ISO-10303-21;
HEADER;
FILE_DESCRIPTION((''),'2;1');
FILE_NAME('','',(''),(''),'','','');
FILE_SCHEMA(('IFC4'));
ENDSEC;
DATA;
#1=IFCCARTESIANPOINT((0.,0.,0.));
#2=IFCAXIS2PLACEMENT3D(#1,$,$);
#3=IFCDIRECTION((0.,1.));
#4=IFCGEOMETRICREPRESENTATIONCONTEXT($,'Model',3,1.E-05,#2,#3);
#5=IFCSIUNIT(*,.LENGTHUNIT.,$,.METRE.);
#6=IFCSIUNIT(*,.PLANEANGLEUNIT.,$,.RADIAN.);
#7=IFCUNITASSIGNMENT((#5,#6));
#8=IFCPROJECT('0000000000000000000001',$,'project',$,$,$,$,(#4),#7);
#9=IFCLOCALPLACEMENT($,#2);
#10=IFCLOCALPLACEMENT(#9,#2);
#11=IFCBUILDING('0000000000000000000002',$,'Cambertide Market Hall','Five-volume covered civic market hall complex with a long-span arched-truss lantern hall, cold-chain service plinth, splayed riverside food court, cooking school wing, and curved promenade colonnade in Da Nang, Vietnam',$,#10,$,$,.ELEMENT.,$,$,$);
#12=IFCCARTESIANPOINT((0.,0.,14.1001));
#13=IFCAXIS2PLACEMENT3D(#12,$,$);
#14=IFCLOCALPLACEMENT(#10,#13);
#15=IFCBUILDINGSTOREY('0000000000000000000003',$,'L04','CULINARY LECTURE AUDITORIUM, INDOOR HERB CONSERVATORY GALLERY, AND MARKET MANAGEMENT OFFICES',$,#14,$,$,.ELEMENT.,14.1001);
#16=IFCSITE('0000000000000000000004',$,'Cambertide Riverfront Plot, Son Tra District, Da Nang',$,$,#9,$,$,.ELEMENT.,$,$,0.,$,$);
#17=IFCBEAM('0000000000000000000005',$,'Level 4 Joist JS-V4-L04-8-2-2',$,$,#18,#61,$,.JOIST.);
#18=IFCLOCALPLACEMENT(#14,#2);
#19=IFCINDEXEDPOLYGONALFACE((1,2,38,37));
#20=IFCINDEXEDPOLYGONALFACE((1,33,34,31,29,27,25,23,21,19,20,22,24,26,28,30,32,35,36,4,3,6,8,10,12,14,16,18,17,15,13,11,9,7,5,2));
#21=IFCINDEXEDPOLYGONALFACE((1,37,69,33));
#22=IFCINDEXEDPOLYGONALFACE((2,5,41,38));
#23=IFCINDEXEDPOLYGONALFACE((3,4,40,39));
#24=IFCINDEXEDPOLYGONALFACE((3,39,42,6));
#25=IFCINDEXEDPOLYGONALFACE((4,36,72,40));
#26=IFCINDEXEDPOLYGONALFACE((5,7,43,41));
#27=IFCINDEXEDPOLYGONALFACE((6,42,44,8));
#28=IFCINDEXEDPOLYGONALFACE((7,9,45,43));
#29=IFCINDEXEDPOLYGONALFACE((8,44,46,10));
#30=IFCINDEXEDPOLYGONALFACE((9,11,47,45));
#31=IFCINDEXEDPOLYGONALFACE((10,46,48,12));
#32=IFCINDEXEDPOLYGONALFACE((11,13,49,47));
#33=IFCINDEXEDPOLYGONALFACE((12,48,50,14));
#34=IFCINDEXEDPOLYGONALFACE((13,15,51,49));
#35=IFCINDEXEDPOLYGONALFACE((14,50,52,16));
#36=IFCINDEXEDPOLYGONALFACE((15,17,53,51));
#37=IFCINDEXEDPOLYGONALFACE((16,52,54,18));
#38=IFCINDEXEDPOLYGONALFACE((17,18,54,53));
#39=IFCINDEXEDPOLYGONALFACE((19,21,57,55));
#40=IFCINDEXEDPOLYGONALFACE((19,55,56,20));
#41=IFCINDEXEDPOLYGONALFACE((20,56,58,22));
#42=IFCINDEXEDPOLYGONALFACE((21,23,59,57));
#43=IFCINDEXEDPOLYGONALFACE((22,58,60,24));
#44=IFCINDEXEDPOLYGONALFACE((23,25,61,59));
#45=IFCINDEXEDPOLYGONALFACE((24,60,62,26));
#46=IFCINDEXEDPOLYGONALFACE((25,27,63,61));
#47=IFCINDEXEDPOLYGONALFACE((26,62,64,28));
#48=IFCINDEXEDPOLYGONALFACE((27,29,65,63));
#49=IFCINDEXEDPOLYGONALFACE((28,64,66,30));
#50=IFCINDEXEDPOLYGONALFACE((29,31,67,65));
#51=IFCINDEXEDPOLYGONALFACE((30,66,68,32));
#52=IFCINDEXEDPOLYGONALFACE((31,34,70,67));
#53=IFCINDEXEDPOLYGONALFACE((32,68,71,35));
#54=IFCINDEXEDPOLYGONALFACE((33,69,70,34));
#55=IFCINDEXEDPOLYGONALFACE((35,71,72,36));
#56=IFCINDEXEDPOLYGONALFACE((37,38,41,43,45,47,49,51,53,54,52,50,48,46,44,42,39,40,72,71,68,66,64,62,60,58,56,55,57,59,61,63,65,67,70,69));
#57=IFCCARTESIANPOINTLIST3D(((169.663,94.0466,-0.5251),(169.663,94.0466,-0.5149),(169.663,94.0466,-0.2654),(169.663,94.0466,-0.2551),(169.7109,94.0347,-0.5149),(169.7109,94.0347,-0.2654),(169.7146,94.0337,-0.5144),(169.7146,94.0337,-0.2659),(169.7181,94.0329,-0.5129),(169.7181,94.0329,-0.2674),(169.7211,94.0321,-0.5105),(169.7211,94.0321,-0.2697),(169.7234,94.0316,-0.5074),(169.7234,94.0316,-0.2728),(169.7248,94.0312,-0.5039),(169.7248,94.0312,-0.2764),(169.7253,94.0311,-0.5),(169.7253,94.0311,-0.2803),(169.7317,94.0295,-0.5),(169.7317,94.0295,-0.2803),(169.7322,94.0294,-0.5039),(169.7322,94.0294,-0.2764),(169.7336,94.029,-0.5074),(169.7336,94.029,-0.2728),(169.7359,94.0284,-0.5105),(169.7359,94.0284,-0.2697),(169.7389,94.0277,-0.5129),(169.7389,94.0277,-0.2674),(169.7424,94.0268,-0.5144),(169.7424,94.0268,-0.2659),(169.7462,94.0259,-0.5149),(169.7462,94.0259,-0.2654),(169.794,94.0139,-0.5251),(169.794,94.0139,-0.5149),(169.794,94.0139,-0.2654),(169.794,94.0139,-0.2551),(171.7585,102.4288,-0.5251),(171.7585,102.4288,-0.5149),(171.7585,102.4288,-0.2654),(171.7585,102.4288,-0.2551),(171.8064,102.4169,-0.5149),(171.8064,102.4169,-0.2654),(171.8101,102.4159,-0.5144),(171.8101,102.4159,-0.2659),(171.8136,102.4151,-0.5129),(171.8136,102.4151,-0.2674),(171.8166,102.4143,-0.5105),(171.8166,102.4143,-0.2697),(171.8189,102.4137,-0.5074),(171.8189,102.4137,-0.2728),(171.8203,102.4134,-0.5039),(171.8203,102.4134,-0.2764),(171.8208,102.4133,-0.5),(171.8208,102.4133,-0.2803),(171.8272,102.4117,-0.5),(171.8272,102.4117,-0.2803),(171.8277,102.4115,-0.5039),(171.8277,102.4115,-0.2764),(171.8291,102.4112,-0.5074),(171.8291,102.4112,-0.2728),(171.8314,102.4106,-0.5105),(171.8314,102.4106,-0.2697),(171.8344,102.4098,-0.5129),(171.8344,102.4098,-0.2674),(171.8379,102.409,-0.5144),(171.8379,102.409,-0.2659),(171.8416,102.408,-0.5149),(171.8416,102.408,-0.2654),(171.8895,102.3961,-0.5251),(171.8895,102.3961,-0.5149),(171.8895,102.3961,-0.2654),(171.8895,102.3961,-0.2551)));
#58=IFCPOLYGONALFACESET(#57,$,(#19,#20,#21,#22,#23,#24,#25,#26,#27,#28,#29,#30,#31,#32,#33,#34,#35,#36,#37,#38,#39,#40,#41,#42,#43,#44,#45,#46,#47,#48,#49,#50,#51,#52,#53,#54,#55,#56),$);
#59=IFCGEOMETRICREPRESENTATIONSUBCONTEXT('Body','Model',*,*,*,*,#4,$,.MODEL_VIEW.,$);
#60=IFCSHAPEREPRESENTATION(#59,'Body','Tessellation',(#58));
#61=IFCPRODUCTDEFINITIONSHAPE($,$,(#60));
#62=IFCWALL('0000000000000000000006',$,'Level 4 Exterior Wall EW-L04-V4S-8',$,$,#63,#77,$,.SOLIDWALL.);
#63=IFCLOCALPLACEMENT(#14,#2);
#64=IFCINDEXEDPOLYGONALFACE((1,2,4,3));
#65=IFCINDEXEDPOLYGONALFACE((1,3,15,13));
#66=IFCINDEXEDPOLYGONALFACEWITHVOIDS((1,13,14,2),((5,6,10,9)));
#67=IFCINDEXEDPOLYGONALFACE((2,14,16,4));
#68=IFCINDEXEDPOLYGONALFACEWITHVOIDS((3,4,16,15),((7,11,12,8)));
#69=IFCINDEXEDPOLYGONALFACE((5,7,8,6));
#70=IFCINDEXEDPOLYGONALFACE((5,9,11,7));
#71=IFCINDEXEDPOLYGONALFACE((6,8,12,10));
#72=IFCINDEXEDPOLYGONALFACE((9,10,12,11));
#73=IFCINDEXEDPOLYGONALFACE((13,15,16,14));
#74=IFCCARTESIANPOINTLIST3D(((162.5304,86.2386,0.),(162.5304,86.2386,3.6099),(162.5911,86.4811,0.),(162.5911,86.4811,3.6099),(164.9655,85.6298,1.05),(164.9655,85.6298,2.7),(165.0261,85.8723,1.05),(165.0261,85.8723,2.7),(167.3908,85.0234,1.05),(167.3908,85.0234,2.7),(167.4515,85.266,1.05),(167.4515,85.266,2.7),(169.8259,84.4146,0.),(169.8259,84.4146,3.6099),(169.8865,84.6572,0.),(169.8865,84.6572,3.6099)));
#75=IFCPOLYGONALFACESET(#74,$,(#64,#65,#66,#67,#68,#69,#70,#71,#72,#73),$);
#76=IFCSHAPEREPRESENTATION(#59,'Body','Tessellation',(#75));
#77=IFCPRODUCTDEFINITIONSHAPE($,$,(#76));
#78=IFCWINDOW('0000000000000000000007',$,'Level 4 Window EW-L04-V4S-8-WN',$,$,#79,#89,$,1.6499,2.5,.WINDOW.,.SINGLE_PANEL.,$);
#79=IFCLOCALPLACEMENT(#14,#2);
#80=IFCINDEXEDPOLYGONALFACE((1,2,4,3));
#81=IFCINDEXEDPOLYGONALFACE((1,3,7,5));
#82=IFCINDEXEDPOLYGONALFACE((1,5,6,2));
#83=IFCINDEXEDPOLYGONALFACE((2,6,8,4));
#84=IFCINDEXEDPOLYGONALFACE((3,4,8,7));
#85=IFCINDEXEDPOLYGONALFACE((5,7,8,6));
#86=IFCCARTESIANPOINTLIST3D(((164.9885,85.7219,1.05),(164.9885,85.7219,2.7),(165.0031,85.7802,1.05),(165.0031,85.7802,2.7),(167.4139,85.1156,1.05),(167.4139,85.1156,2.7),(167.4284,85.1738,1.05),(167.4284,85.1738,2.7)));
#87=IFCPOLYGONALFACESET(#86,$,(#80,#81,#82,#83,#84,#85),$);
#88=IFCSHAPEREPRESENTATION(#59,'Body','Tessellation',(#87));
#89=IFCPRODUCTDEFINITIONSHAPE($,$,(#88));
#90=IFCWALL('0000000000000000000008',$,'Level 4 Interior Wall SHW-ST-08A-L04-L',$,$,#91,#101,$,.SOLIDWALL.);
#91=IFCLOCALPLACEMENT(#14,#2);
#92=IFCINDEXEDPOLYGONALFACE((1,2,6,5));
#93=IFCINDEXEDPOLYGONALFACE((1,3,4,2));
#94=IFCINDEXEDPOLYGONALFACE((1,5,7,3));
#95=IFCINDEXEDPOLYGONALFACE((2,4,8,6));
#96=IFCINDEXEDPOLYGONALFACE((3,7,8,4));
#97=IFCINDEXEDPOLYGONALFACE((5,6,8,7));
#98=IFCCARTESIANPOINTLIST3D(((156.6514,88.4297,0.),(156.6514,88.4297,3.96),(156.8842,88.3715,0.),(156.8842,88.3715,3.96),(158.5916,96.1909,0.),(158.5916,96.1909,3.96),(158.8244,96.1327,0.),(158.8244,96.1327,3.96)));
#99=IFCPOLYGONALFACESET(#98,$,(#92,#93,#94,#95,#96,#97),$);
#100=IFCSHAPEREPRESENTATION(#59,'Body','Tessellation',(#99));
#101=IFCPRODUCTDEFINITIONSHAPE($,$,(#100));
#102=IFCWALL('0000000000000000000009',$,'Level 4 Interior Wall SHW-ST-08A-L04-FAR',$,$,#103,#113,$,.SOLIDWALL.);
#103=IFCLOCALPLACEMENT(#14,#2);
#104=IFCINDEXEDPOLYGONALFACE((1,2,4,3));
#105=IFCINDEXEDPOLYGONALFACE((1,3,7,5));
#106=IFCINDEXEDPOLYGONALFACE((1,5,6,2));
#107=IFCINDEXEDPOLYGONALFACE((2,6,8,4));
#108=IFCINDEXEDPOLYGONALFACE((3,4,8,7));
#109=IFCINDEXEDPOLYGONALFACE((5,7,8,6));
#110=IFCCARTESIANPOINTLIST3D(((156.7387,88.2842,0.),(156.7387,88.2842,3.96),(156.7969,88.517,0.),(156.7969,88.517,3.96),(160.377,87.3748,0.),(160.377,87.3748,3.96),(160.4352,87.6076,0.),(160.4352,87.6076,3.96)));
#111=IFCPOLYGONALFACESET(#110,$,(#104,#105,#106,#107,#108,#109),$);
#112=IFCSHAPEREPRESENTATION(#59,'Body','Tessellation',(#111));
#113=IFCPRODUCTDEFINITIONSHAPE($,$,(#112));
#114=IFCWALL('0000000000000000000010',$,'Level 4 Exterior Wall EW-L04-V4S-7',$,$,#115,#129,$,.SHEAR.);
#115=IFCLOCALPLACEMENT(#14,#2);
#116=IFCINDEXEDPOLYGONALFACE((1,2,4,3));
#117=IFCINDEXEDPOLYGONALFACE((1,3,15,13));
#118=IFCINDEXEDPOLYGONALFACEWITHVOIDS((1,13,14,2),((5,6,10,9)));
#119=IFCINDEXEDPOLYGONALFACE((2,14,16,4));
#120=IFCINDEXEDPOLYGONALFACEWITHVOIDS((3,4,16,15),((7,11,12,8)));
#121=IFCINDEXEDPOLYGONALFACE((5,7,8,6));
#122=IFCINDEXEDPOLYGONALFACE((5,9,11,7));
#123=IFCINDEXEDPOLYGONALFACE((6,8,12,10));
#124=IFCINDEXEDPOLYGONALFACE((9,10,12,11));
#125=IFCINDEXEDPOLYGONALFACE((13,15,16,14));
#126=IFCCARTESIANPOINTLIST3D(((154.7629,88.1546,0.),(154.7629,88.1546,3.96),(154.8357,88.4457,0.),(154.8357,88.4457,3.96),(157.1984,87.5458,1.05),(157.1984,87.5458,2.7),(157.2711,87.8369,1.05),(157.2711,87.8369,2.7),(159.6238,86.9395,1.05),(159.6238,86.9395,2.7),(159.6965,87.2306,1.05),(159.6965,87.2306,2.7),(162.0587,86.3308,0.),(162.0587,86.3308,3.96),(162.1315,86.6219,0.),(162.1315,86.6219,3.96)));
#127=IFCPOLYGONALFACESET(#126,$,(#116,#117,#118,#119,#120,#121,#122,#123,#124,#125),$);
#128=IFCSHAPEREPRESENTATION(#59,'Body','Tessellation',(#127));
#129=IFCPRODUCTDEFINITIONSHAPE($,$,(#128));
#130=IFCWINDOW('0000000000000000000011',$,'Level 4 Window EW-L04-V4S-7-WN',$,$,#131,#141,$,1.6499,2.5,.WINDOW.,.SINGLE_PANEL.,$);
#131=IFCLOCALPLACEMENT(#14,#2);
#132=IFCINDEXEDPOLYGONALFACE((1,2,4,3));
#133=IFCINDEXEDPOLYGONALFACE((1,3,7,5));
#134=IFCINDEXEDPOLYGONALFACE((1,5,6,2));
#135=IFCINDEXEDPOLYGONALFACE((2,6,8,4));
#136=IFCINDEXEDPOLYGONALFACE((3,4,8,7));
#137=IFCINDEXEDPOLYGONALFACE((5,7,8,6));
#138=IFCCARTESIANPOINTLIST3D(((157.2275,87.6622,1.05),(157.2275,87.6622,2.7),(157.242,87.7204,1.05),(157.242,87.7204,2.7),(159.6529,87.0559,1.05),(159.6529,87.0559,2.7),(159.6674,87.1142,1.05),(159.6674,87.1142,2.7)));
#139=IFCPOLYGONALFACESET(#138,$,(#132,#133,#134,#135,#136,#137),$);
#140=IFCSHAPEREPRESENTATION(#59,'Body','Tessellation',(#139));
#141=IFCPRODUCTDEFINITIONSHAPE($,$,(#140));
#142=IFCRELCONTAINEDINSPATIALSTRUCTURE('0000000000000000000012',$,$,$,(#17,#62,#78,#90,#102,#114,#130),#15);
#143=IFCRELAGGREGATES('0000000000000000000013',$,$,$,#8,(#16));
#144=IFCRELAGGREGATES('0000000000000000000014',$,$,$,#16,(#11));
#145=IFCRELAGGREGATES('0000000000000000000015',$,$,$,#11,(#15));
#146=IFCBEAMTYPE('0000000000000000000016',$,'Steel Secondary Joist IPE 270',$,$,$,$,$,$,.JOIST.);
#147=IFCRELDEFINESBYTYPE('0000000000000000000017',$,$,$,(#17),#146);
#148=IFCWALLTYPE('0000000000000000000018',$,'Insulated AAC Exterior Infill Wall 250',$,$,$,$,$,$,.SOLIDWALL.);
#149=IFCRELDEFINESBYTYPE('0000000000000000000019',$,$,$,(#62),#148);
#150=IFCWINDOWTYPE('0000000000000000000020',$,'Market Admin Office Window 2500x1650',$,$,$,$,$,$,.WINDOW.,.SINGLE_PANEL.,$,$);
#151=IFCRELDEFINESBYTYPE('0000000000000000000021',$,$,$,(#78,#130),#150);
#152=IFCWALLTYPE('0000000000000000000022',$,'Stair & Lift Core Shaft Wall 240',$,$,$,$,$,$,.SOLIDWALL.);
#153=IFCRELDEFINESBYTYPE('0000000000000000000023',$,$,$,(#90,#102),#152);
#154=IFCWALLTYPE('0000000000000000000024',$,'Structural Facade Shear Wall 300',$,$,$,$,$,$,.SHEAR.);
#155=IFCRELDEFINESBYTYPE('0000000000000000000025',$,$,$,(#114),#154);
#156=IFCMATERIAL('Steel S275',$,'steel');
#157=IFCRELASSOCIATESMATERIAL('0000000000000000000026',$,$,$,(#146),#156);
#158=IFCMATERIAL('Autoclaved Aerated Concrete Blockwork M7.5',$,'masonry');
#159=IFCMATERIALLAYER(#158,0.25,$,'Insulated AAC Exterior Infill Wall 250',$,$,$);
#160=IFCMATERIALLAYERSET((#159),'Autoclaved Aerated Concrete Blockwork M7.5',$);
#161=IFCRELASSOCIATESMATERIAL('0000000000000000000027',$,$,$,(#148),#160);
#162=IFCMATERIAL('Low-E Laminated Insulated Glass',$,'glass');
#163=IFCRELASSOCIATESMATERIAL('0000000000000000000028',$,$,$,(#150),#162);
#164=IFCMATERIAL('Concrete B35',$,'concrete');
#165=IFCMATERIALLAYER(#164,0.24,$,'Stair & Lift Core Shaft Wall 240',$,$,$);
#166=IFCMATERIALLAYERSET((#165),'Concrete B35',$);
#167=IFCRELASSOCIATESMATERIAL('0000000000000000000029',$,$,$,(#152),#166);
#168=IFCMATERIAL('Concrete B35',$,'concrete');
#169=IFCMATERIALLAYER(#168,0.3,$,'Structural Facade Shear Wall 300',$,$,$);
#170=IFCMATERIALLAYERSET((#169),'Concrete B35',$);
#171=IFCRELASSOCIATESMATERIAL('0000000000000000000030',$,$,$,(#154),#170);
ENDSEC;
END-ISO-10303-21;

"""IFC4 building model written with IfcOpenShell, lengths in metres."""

from ifc_helpers import new_model, si_unit, direction, frame, frame_2d, origin, origin_2d, place, context, subcontext, project, spatial, rectangle, i_section, extrude, material, layer, layer_set, material_profile, profile_set, type_object, element, fill, save


model = new_model("IFC4")

# Units and contexts
model_context = context("Model", 3, precision=1e-05, world=origin(), true_north=direction((0.0, 1.0)))
body_context = subcontext(model_context, "Body", "Model", "MODEL_VIEW")
ifc_project = project(units=[si_unit("LENGTHUNIT", "METRE"), si_unit("PLANEANGLEUNIT", "RADIAN")], contexts=[model_context])

# Site, building, storey
site_placement = place(None, origin())
site = spatial("IfcSite", under=ifc_project, at=site_placement, Name="Cambertide Riverfront Plot, Son Tra District, Da Nang", CompositionType="ELEMENT", RefElevation=0.0)
building_placement = place(site_placement, origin())
building = spatial("IfcBuilding", under=site, at=building_placement, Name="Cambertide Market Hall", Description="Five-volume covered civic market hall complex with a long-span arched-truss lantern hall, cold-chain service plinth, splayed riverside food court, cooking school wing, and curved promenade colonnade in Da Nang, Vietnam", CompositionType="ELEMENT")
storey_placement = place(building_placement, frame((0.0, 0.0, 14.1001)))
storey = spatial("IfcBuildingStorey", under=building, at=storey_placement, Name="L04", Description="CULINARY LECTURE AUDITORIUM, INDOOR HERB CONSERVATORY GALLERY, AND MARKET MANAGEMENT OFFICES", CompositionType="ELEMENT", Elevation=14.1001)

# Beam
ifc_material_1 = material(Name="Steel S275", Category="steel")
ifc_material_profile_1 = material_profile(ifc_material_1, i_section(OverallWidth=0.135, OverallDepth=0.27, WebThickness=0.0066, FlangeThickness=0.0103, FilletRadius=0.0149, at=origin_2d()), Name="IPE 270")
ifc_profile_set_1 = profile_set([ifc_material_profile_1], Name="Steel S275")
beam_type_1 = type_object("IfcBeamType", Name="Steel Secondary Joist IPE 270", PredefinedType="JOIST", material=ifc_profile_set_1)
beam_1_placement = place(storey_placement, frame((169.7285, 94.0303, -0.3901), z_axis=(0.242529, 0.970144, 0.0), x_axis=(-0.970144, 0.242529, 0.0)))
element("IfcBeam", 1, at=beam_1_placement, inside=storey, type_object=beam_type_1, Name="Level 4 Joist JS-V4-L04-8-2-2", PredefinedType="JOIST", context=body_context, shape_type="SweptSolid", body=[
    extrude(i_section(OverallWidth=0.135, OverallDepth=0.27, WebThickness=0.0066, FlangeThickness=0.0103, FilletRadius=0.0149, at=origin_2d()), origin(), (0.0, 0.0, 1.0), 8.6401),
])

# Wall, opening, window
ifc_material_2 = material(Name="Autoclaved Aerated Concrete Blockwork M7.5", Category="masonry")
ifc_layer_1 = layer(ifc_material_2, 0.25, Name="Insulated AAC Exterior Infill Wall 250")
ifc_layer_set_1 = layer_set([ifc_layer_1], Name="Autoclaved Aerated Concrete Blockwork M7.5")
wall_type_1 = type_object("IfcWallType", Name="Insulated AAC Exterior Infill Wall 250", PredefinedType="SOLIDWALL", material=ifc_layer_set_1)
wall_1_placement = place(storey_placement, frame((169.8562, 84.5359, 0.0), z_axis=(0.0, 0.0, 1.0), x_axis=(-0.970139, 0.242551, 0.0)))
wall_1 = element("IfcWall", 2, at=wall_1_placement, inside=storey, type_object=wall_type_1, Name="Level 4 Exterior Wall EW-L04-V4S-8", PredefinedType="SOLIDWALL", context=body_context, shape_type="SweptSolid", body=[
    extrude(rectangle(XDim=7.52, YDim=0.25, at=frame_2d((3.76, 0.0))), origin(), (0.0, 0.0, 1.0), 3.6099),
])
opening_1_placement = place(wall_1_placement, frame((2.51, 0.0, 1.05)))
opening_1 = element("IfcOpeningElement", 3, at=opening_1_placement, cuts=wall_1, PredefinedType="OPENING", context=body_context, shape_type="SweptSolid", body=[
    extrude(rectangle(XDim=2.5, YDim=1.6499, at=frame_2d((1.25, 0.825))), frame((0.0, 0.135, 0.0), z_axis=(0.0, -1.0, 0.0), x_axis=(1.0, 0.0, 0.0)), (0.0, 0.0, 1.0), 0.27),
])
ifc_material_3 = material(Name="Low-E Laminated Insulated Glass", Category="glass")
window_type = type_object("IfcWindowType", Name="Market Admin Office Window 2500x1650", PartitioningType="SINGLE_PANEL", PredefinedType="WINDOW", material=ifc_material_3)
window_1_placement = place(opening_1_placement, origin())
window_1 = element("IfcWindow", 4, at=window_1_placement, inside=storey, type_object=window_type, Name="Level 4 Window EW-L04-V4S-8-WN", OverallHeight=1.6499, OverallWidth=2.5, PartitioningType="SINGLE_PANEL", PredefinedType="WINDOW", context=body_context, shape_type="SweptSolid", body=[
    extrude(rectangle(XDim=2.5, YDim=1.6499, at=frame_2d((1.25, 0.825))), frame((0.0, 0.03, 0.0), z_axis=(0.0, -1.0, 0.0), x_axis=(1.0, 0.0, 0.0)), (0.0, 0.0, 1.0), 0.0601),
])
fill(opening_1, window_1)

# Walls
ifc_material_4 = material(Name="Concrete B35", Category="concrete")
ifc_layer_2 = layer(ifc_material_4, 0.24, Name="Stair & Lift Core Shaft Wall 240")
ifc_layer_set_2 = layer_set([ifc_layer_2], Name="Concrete B35")
wall_type_2 = type_object("IfcWallType", Name="Stair & Lift Core Shaft Wall 240", PredefinedType="SOLIDWALL", material=ifc_layer_set_2)
wall_2_placement = place(storey_placement, frame((156.7678, 88.4006, 0.0), z_axis=(0.0, 0.0, 1.0), x_axis=(0.242521, 0.970146, 0.0)))
element("IfcWall", 5, at=wall_2_placement, inside=storey, type_object=wall_type_2, Name="Level 4 Interior Wall SHW-ST-08A-L04-L", PredefinedType="SOLIDWALL", context=body_context, shape_type="SweptSolid", body=[
    extrude(rectangle(XDim=8.0, YDim=0.24, at=frame_2d((4.0, 0.0))), origin(), (0.0, 0.0, 1.0), 3.96),
])
wall_3_placement = place(storey_placement, frame((160.406, 87.4912, 0.0), z_axis=(0.0, 0.0, 1.0), x_axis=(-0.97015, 0.242505, 0.0)))
element("IfcWall", 6, at=wall_3_placement, inside=storey, type_object=wall_type_2, Name="Level 4 Interior Wall SHW-ST-08A-L04-FAR", PredefinedType="SOLIDWALL", context=body_context, shape_type="SweptSolid", body=[
    extrude(rectangle(XDim=3.7502, YDim=0.24, at=frame_2d((1.875, 0.0))), origin(), (0.0, 0.0, 1.0), 3.96),
])

# Wall, opening, window
ifc_material_5 = material(Name="Concrete B35", Category="concrete")
ifc_layer_3 = layer(ifc_material_5, 0.3, Name="Structural Facade Shear Wall 300")
ifc_layer_set_3 = layer_set([ifc_layer_3], Name="Concrete B35")
wall_type_3 = type_object("IfcWallType", Name="Structural Facade Shear Wall 300", PredefinedType="SHEAR", material=ifc_layer_set_3)
wall_4_placement = place(storey_placement, frame((162.0952, 86.4763, 0.0), z_axis=(0.0, 0.0, 1.0), x_axis=(-0.970148, 0.242513, 0.0)))
wall_4 = element("IfcWall", 7, at=wall_4_placement, inside=storey, type_object=wall_type_3, Name="Level 4 Exterior Wall EW-L04-V4S-7", PredefinedType="SHEAR", context=body_context, shape_type="SweptSolid", body=[
    extrude(rectangle(XDim=7.5203, YDim=0.3, at=frame_2d((3.7603, 0.0))), origin(), (0.0, 0.0, 1.0), 3.96),
])
opening_2_placement = place(wall_4_placement, frame((2.51, 0.0, 1.05)))
opening_2 = element("IfcOpeningElement", 8, at=opening_2_placement, cuts=wall_4, PredefinedType="OPENING", context=body_context, shape_type="SweptSolid", body=[
    extrude(rectangle(XDim=2.5, YDim=1.6499, at=frame_2d((1.25, 0.825))), frame((0.0, 0.1599, 0.0), z_axis=(0.0, -1.0, 0.0), x_axis=(1.0, 0.0, 0.0)), (0.0, 0.0, 1.0), 0.3201),
])
window_2_placement = place(opening_2_placement, origin())
window_2 = element("IfcWindow", 9, at=window_2_placement, inside=storey, type_object=window_type, Name="Level 4 Window EW-L04-V4S-7-WN", OverallHeight=1.6499, OverallWidth=2.5, PartitioningType="SINGLE_PANEL", PredefinedType="WINDOW", context=body_context, shape_type="SweptSolid", body=[
    extrude(rectangle(XDim=2.5, YDim=1.6499, at=frame_2d((1.25, 0.825))), frame((0.0, 0.03, 0.0), z_axis=(0.0, -1.0, 0.0), x_axis=(1.0, 0.0, 0.0)), (0.0, 0.0, 1.0), 0.0601),
])
fill(opening_2, window_2)

save(model, "model.ifc")
